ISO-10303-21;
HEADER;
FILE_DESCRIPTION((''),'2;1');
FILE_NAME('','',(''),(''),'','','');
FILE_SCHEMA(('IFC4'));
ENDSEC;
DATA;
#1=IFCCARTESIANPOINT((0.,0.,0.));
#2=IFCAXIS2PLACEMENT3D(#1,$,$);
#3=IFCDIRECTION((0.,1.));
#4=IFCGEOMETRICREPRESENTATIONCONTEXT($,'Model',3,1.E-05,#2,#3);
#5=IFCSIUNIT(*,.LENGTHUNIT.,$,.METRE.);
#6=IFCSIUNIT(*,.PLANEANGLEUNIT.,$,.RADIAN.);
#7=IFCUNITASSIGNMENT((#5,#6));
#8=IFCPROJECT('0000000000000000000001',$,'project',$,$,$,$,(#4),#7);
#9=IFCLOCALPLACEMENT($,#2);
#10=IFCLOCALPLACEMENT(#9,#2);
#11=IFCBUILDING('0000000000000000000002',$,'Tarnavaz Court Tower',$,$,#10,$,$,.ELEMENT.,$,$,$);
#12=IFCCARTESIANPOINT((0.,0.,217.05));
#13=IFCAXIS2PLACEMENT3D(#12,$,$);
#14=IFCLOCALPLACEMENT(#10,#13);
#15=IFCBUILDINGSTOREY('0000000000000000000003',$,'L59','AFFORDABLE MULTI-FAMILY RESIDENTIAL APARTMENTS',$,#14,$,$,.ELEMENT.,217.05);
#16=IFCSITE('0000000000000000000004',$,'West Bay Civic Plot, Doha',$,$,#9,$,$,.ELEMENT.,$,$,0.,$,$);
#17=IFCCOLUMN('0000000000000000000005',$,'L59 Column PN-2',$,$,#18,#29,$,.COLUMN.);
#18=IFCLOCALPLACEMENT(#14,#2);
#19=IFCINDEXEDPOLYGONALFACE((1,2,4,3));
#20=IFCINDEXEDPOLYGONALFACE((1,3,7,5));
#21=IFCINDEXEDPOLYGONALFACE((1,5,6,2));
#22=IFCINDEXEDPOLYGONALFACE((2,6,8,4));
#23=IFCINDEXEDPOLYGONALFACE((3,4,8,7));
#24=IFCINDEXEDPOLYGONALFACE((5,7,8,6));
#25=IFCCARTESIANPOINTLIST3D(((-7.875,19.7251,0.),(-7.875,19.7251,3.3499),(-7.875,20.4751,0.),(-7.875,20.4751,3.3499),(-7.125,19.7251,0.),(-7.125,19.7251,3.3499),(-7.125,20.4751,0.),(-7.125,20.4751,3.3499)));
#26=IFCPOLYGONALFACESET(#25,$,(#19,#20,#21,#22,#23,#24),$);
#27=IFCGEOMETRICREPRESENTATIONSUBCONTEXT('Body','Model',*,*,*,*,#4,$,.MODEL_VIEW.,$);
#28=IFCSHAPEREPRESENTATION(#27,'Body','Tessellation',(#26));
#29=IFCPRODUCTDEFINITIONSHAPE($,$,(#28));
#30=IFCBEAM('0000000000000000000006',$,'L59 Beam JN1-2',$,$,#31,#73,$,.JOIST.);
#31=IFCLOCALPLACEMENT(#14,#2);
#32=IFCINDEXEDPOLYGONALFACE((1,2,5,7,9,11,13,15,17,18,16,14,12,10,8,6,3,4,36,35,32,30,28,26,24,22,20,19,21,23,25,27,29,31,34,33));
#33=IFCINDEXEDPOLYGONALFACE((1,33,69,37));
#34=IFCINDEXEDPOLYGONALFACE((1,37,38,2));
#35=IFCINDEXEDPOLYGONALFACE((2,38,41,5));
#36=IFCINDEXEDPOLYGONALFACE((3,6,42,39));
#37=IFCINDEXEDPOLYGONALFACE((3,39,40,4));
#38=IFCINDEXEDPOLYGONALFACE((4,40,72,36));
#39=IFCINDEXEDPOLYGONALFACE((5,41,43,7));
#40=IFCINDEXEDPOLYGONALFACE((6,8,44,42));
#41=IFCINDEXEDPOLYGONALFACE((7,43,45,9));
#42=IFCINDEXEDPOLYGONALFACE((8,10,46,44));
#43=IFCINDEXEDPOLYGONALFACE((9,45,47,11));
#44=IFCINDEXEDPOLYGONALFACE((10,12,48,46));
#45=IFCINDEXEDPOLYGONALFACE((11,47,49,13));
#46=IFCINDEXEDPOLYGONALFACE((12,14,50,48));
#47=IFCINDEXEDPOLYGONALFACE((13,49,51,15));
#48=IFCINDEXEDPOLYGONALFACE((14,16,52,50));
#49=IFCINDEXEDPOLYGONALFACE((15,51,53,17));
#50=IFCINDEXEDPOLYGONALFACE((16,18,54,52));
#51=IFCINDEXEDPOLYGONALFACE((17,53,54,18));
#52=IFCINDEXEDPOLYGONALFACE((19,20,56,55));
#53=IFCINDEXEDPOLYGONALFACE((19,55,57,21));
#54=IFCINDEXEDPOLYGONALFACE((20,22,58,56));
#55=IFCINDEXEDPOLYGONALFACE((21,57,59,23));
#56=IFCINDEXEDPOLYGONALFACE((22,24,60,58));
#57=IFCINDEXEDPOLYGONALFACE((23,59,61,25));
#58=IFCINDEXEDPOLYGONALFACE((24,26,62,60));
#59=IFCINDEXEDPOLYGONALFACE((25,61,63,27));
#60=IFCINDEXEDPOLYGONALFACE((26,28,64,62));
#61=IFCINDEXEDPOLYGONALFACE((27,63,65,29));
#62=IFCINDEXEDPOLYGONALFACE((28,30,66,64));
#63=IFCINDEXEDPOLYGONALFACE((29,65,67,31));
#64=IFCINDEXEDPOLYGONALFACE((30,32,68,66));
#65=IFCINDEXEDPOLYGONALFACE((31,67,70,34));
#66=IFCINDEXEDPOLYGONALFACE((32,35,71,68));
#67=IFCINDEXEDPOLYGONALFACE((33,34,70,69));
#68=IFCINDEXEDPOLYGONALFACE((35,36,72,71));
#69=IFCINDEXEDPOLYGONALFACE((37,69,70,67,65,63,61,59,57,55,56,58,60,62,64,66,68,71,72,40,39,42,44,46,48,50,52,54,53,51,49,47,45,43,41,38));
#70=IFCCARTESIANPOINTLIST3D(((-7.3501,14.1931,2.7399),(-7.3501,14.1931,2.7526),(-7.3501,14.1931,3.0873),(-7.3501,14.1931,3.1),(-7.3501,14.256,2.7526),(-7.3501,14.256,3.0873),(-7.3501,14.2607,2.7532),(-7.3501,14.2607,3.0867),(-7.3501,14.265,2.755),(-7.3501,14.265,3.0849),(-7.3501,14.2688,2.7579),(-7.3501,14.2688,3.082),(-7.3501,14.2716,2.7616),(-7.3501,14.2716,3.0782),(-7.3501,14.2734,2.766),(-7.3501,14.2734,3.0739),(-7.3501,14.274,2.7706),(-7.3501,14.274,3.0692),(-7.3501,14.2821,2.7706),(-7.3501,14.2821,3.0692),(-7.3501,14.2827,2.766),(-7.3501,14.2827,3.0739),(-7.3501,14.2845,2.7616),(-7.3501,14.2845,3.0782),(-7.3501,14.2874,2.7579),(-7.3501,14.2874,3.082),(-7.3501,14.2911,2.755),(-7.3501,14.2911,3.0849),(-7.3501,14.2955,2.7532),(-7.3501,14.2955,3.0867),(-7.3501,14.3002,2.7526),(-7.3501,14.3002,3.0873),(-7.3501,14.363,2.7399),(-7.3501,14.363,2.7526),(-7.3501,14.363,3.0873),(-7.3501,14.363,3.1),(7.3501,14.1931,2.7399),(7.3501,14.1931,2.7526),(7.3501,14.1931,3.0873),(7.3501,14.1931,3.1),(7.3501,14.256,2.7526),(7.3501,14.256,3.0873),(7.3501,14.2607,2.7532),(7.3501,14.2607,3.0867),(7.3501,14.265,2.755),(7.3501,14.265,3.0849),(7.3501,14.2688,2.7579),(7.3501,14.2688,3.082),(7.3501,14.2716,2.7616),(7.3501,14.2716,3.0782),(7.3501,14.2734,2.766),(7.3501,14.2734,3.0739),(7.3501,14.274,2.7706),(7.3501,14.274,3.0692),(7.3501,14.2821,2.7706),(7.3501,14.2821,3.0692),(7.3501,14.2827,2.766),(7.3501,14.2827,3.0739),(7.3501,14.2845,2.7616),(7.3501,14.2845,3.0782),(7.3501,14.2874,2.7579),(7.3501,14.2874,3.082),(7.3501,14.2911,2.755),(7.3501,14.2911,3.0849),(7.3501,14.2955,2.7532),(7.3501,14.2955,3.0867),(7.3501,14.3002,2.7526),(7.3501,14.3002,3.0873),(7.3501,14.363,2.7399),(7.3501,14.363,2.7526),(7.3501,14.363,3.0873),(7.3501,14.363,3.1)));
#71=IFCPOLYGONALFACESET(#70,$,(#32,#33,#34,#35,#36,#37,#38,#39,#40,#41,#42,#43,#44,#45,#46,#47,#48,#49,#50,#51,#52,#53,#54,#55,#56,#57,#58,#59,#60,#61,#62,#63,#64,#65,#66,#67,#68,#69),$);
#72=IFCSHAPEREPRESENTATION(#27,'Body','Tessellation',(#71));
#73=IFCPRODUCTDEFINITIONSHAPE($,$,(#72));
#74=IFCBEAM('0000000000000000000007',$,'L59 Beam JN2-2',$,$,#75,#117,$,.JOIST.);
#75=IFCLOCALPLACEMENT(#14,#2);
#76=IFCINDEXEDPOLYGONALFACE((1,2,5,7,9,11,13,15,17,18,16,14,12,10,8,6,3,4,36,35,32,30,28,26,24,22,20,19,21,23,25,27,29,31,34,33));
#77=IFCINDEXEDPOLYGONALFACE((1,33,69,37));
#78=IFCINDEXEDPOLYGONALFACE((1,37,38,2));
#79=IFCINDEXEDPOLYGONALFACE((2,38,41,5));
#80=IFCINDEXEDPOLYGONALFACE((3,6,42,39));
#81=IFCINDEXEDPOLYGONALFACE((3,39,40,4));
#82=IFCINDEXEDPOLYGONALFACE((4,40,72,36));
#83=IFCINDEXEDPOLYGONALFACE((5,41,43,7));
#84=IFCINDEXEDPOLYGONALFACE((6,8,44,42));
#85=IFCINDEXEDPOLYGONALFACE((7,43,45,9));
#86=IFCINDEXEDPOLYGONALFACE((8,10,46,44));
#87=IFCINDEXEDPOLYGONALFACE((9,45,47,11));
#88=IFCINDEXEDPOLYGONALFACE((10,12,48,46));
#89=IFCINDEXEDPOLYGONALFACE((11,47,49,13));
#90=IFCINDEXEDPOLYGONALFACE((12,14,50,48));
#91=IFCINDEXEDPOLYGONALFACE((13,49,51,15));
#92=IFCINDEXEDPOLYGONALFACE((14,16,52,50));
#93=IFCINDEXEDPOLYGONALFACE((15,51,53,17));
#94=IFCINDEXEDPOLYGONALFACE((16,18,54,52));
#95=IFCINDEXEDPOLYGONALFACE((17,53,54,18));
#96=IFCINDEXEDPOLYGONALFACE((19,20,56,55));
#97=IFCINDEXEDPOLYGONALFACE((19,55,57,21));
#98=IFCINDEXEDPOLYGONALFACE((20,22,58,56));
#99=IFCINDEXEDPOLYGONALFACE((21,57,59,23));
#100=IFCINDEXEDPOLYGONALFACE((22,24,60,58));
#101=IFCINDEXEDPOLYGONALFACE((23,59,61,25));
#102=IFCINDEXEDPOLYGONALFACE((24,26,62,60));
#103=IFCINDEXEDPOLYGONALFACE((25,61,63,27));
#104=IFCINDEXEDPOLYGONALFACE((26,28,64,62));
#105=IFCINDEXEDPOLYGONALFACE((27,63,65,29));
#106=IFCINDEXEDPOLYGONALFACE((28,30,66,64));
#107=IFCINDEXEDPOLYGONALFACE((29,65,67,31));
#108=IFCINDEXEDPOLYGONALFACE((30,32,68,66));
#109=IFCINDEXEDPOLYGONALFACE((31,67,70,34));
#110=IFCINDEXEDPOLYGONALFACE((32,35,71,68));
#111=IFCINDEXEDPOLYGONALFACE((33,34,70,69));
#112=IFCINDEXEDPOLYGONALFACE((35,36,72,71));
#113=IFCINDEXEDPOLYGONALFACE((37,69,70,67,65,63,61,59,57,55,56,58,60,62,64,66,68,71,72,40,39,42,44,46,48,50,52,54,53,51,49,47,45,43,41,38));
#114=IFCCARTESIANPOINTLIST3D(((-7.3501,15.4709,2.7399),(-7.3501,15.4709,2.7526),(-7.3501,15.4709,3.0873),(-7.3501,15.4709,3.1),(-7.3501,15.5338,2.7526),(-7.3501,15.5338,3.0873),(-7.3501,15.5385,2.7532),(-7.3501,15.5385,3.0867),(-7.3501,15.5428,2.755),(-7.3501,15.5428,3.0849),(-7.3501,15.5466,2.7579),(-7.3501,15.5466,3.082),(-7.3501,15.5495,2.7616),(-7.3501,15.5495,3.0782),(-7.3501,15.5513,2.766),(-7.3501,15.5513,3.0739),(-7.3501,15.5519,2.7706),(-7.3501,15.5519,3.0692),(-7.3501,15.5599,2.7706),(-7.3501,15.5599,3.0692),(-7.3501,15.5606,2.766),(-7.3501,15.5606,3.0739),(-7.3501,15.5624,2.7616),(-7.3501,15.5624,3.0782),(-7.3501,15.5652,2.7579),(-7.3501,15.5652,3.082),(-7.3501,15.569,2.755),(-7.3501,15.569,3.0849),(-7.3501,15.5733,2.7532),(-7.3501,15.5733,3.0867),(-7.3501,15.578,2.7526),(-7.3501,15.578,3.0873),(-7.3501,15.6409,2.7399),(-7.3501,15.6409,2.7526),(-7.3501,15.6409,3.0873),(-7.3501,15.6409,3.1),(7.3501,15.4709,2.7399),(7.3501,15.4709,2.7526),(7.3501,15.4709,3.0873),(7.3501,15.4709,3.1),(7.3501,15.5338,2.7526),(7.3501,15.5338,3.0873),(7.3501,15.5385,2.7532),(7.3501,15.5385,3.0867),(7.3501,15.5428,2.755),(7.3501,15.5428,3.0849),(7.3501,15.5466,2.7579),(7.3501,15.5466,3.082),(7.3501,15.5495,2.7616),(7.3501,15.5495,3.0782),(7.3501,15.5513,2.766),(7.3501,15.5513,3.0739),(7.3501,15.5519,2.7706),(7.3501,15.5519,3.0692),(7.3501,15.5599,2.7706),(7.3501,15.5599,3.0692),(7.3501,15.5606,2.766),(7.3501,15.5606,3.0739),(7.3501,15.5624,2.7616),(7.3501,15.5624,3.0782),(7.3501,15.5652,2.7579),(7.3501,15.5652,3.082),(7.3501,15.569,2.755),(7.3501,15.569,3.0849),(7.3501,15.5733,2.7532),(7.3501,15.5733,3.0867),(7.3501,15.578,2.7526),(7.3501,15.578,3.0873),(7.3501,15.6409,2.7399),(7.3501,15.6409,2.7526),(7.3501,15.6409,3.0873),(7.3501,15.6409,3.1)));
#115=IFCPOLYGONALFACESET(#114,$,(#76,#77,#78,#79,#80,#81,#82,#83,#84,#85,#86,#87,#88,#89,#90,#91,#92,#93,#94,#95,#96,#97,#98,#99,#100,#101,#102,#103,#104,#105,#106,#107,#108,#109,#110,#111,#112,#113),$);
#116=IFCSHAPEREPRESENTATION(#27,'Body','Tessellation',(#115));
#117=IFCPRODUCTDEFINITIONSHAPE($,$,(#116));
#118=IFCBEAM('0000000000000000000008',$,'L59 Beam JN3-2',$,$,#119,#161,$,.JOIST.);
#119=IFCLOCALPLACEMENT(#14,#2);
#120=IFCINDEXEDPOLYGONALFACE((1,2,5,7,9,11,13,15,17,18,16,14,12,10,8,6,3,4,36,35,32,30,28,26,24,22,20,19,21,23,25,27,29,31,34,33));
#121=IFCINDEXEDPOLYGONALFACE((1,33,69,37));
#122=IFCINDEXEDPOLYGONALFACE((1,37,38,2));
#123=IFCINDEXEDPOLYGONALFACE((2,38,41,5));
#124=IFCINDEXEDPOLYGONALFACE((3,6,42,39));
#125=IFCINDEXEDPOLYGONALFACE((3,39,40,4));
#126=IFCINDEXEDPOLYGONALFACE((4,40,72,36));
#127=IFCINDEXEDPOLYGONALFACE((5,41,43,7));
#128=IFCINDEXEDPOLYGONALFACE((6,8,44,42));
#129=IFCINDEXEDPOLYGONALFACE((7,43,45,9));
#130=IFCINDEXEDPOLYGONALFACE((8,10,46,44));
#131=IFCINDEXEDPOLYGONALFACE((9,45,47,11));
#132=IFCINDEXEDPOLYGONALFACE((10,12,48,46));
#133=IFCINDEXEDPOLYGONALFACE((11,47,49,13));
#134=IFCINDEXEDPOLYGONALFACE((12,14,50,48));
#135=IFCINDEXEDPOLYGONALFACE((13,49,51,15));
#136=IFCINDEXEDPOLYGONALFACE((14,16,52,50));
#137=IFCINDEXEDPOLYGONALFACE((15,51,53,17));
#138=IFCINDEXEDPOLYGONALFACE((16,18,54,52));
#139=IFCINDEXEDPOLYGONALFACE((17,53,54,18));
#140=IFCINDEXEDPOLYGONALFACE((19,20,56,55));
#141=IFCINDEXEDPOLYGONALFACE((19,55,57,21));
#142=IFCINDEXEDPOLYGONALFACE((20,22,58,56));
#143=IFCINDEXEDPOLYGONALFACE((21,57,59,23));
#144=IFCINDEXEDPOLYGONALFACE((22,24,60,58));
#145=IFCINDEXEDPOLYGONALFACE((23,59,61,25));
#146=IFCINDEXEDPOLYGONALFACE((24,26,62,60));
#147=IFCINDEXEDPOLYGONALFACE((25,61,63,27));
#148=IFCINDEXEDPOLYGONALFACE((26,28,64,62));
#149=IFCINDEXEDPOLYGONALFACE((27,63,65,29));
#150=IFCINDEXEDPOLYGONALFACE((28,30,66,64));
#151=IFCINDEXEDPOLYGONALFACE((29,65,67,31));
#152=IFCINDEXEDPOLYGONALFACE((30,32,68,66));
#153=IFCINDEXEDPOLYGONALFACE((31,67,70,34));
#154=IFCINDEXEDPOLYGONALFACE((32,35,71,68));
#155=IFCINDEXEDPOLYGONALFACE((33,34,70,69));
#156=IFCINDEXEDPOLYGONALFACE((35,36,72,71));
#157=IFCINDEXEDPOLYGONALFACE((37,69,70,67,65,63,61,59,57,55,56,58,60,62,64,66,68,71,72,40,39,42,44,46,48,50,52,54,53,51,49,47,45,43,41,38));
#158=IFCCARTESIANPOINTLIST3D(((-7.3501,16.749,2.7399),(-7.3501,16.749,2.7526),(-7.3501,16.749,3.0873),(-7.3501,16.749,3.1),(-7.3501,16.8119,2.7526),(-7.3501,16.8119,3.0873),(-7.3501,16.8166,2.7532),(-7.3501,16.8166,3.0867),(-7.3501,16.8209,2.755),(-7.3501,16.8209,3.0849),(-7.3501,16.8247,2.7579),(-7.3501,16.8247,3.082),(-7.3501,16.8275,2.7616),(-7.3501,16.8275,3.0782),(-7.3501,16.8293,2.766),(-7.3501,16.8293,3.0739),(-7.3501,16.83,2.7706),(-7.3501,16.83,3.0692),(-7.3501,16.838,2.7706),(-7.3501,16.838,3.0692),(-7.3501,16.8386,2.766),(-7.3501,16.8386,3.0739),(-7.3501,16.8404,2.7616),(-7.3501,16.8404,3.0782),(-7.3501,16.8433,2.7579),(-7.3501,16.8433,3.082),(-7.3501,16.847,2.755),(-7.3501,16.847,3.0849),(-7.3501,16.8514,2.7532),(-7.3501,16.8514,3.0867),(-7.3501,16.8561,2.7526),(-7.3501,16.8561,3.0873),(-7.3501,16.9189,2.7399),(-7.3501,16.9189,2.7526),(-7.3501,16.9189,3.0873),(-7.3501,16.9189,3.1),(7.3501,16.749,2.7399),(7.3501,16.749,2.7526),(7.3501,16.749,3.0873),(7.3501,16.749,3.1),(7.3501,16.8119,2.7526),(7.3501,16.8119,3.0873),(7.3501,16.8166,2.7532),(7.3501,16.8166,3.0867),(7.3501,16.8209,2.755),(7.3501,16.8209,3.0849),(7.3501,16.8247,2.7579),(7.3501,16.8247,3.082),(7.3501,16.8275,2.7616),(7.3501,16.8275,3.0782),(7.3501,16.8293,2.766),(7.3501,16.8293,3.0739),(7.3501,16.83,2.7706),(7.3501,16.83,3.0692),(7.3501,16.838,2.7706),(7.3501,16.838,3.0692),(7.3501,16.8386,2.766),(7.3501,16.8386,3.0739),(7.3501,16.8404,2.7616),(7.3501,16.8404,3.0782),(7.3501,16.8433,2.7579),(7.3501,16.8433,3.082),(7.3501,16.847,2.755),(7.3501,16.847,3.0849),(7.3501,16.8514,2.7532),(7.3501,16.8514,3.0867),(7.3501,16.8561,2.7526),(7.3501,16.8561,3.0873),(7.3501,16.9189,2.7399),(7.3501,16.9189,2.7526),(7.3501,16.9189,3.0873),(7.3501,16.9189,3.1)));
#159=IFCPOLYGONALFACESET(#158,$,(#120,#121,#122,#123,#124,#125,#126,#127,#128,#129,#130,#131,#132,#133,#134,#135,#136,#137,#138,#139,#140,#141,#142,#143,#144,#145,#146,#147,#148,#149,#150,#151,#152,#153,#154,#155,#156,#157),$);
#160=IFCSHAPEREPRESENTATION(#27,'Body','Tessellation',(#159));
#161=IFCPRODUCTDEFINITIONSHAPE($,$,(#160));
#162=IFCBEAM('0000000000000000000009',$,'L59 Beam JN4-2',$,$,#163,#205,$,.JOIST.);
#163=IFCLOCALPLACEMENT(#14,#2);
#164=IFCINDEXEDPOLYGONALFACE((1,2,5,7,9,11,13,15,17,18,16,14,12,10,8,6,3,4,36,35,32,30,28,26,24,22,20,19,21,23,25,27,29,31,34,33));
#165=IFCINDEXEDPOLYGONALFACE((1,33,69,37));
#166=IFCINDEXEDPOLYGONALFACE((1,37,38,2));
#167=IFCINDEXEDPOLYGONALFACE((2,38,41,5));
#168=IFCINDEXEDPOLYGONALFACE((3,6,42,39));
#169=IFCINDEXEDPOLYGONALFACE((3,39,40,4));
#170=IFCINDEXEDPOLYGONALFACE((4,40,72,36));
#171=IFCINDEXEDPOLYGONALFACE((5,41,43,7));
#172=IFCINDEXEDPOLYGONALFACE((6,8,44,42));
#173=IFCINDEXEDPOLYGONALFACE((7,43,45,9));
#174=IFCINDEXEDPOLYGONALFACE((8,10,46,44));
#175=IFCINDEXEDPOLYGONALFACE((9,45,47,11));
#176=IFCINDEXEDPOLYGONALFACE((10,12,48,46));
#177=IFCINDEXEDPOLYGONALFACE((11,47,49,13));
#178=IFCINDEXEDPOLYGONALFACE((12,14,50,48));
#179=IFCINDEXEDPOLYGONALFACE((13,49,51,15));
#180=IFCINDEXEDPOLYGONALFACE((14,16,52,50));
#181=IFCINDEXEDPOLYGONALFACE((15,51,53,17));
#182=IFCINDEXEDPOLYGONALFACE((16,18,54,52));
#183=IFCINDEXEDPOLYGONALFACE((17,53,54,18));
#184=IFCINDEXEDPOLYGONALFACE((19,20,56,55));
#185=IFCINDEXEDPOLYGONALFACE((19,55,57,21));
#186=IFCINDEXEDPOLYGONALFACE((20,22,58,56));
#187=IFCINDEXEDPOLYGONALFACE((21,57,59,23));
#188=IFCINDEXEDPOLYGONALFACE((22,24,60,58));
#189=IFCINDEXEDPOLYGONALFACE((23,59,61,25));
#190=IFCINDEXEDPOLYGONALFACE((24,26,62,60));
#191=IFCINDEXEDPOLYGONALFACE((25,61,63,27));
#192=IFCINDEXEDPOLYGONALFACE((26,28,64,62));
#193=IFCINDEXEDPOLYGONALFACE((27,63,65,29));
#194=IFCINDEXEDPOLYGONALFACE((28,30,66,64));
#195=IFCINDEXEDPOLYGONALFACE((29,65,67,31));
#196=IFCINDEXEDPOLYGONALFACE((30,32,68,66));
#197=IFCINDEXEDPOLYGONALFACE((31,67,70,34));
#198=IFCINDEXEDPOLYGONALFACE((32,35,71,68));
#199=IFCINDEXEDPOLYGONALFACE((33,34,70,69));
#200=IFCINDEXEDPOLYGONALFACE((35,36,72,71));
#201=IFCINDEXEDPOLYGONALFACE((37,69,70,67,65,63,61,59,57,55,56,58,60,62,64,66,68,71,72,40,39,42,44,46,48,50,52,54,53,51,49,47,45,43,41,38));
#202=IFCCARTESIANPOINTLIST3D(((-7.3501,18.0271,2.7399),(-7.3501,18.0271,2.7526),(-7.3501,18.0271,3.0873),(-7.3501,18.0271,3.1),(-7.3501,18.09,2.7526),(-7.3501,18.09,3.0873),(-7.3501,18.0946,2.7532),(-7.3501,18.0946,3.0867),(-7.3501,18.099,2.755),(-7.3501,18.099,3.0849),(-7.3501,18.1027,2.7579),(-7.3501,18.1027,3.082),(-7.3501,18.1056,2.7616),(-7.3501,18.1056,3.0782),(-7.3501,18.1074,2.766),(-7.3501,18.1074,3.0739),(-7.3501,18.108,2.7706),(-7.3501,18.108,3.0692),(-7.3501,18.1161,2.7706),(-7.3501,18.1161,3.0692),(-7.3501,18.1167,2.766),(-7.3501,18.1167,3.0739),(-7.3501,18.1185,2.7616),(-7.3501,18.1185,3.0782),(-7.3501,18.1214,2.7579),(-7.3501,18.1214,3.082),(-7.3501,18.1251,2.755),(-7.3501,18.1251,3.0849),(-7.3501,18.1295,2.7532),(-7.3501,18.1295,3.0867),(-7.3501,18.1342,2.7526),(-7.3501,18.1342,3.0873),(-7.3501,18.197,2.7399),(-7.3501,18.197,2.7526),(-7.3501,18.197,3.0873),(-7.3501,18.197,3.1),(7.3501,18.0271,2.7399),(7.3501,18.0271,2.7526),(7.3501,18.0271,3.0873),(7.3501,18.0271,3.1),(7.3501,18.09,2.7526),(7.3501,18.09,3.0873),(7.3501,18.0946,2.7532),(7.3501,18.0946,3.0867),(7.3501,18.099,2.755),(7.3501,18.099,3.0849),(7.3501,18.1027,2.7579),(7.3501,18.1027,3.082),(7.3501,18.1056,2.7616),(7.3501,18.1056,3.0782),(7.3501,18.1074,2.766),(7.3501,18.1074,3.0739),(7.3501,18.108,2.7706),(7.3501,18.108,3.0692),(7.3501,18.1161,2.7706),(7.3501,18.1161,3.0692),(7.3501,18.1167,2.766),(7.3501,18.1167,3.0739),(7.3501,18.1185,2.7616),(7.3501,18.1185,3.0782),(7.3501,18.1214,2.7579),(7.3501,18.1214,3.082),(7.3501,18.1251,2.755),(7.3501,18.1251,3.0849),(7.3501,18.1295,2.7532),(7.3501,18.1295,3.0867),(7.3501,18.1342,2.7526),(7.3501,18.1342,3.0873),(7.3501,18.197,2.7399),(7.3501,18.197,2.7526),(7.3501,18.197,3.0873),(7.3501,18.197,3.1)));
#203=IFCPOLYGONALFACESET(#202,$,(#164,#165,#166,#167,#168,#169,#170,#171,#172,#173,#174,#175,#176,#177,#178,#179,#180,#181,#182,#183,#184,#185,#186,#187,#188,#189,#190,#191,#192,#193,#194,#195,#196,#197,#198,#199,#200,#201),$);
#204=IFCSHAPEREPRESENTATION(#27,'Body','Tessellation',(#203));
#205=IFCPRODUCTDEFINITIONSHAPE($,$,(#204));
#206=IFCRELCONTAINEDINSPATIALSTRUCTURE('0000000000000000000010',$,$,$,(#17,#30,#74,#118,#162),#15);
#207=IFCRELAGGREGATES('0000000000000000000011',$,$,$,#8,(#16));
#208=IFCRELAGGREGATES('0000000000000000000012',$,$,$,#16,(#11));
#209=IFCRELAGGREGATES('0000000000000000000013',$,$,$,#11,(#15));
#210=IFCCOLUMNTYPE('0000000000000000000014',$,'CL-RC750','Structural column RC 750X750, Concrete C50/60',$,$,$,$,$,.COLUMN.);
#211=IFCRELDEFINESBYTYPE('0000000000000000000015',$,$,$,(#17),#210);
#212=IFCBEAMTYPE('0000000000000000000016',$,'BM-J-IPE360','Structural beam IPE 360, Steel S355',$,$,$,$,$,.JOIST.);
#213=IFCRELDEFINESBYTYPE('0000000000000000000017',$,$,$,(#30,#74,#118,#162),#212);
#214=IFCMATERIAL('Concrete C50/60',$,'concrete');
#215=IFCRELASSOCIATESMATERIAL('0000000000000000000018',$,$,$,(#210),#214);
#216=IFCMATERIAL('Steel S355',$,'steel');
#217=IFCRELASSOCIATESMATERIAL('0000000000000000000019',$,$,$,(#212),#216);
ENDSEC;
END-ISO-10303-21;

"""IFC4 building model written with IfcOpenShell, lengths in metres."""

from ifc_helpers import new_model, si_unit, direction, frame, origin, origin_2d, place, context, subcontext, project, spatial, rectangle, i_section, extrude, material, material_profile, profile_set, type_object, element, save


model = new_model("IFC4")

# Units and contexts
model_context = context("Model", 3, precision=1e-05, world=origin(), true_north=direction((0.0, 1.0)))
body_context = subcontext(model_context, "Body", "Model", "MODEL_VIEW")
ifc_project = project(units=[si_unit("LENGTHUNIT", "METRE"), si_unit("PLANEANGLEUNIT", "RADIAN")], contexts=[model_context])

# Site, building, storey
site_placement = place(None, origin())
site = spatial("IfcSite", under=ifc_project, at=site_placement, Name="West Bay Civic Plot, Doha", CompositionType="ELEMENT", RefElevation=0.0)
building_placement = place(site_placement, origin())
building = spatial("IfcBuilding", under=site, at=building_placement, Name="Tarnavaz Court Tower", CompositionType="ELEMENT")
storey_placement = place(building_placement, frame((0.0, 0.0, 217.05)))
storey = spatial("IfcBuildingStorey", under=building, at=storey_placement, Name="L59", Description="AFFORDABLE MULTI-FAMILY RESIDENTIAL APARTMENTS", CompositionType="ELEMENT", Elevation=217.05)

# Column
ifc_material_1 = material(Name="Concrete C50/60", Category="concrete")
ifc_material_profile_1 = material_profile(ifc_material_1, rectangle(XDim=0.75, YDim=0.75, at=origin_2d()), Name="RC 750X750")
ifc_profile_set_1 = profile_set([ifc_material_profile_1], Name="Concrete C50/60")
column_type = type_object("IfcColumnType", Name="CL-RC750", Description="Structural column RC 750X750, Concrete C50/60", PredefinedType="COLUMN", material=ifc_profile_set_1)
column_placement = place(storey_placement, frame((-7.5, 20.1001, 0.0), z_axis=(0.0, 0.0, 1.0), x_axis=(1.0, 0.0, 0.0)))
element("IfcColumn", 1, at=column_placement, inside=storey, type_object=column_type, Name="L59 Column PN-2", PredefinedType="COLUMN", context=body_context, shape_type="SweptSolid", body=[
    extrude(rectangle(XDim=0.75, YDim=0.75, at=origin_2d()), origin(), (0.0, 0.0, 1.0), 3.3499),
])

# Beams
ifc_material_2 = material(Name="Steel S355", Category="steel")
ifc_material_profile_2 = material_profile(ifc_material_2, i_section(OverallWidth=0.1699, OverallDepth=0.3601, WebThickness=0.0081, FlangeThickness=0.0127, FilletRadius=0.0181, at=origin_2d()), Name="IPE 360")
ifc_profile_set_2 = profile_set([ifc_material_profile_2], Name="Steel S355")
beam_type_1 = type_object("IfcBeamType", Name="BM-J-IPE360", Description="Structural beam IPE 360, Steel S355", PredefinedType="JOIST", material=ifc_profile_set_2)
for number, where, z_axis, x_axis, name in (
    (2, (-7.3501, 14.2781, 2.9199), (1.0, 0.0, 0.0), (0.0, 1.0, 0.0), "L59 Beam JN1-2"),
    (3, (-7.3501, 15.5559, 2.9199), (1.0, 0.0, 0.0), (0.0, 1.0, 0.0), "L59 Beam JN2-2"),
    (4, (-7.3501, 16.834, 2.9199), (1.0, 0.0, 0.0), (0.0, 1.0, 0.0), "L59 Beam JN3-2"),
    (5, (-7.3501, 18.1121, 2.9199), (1.0, 0.0, 0.0), (0.0, 1.0, 0.0), "L59 Beam JN4-2"),
):
    element("IfcBeam", number, at=place(storey_placement, frame(where, z_axis=z_axis, x_axis=x_axis)), inside=storey, type_object=beam_type_1, Name=name, PredefinedType="JOIST", context=body_context, shape_type="SweptSolid", body=[
        extrude(i_section(OverallWidth=0.1699, OverallDepth=0.3601, WebThickness=0.0081, FlangeThickness=0.0127, FilletRadius=0.0181, at=origin_2d()), origin(), (0.0, 0.0, 1.0), 14.7002),
    ])

save(model, "model.ifc")
